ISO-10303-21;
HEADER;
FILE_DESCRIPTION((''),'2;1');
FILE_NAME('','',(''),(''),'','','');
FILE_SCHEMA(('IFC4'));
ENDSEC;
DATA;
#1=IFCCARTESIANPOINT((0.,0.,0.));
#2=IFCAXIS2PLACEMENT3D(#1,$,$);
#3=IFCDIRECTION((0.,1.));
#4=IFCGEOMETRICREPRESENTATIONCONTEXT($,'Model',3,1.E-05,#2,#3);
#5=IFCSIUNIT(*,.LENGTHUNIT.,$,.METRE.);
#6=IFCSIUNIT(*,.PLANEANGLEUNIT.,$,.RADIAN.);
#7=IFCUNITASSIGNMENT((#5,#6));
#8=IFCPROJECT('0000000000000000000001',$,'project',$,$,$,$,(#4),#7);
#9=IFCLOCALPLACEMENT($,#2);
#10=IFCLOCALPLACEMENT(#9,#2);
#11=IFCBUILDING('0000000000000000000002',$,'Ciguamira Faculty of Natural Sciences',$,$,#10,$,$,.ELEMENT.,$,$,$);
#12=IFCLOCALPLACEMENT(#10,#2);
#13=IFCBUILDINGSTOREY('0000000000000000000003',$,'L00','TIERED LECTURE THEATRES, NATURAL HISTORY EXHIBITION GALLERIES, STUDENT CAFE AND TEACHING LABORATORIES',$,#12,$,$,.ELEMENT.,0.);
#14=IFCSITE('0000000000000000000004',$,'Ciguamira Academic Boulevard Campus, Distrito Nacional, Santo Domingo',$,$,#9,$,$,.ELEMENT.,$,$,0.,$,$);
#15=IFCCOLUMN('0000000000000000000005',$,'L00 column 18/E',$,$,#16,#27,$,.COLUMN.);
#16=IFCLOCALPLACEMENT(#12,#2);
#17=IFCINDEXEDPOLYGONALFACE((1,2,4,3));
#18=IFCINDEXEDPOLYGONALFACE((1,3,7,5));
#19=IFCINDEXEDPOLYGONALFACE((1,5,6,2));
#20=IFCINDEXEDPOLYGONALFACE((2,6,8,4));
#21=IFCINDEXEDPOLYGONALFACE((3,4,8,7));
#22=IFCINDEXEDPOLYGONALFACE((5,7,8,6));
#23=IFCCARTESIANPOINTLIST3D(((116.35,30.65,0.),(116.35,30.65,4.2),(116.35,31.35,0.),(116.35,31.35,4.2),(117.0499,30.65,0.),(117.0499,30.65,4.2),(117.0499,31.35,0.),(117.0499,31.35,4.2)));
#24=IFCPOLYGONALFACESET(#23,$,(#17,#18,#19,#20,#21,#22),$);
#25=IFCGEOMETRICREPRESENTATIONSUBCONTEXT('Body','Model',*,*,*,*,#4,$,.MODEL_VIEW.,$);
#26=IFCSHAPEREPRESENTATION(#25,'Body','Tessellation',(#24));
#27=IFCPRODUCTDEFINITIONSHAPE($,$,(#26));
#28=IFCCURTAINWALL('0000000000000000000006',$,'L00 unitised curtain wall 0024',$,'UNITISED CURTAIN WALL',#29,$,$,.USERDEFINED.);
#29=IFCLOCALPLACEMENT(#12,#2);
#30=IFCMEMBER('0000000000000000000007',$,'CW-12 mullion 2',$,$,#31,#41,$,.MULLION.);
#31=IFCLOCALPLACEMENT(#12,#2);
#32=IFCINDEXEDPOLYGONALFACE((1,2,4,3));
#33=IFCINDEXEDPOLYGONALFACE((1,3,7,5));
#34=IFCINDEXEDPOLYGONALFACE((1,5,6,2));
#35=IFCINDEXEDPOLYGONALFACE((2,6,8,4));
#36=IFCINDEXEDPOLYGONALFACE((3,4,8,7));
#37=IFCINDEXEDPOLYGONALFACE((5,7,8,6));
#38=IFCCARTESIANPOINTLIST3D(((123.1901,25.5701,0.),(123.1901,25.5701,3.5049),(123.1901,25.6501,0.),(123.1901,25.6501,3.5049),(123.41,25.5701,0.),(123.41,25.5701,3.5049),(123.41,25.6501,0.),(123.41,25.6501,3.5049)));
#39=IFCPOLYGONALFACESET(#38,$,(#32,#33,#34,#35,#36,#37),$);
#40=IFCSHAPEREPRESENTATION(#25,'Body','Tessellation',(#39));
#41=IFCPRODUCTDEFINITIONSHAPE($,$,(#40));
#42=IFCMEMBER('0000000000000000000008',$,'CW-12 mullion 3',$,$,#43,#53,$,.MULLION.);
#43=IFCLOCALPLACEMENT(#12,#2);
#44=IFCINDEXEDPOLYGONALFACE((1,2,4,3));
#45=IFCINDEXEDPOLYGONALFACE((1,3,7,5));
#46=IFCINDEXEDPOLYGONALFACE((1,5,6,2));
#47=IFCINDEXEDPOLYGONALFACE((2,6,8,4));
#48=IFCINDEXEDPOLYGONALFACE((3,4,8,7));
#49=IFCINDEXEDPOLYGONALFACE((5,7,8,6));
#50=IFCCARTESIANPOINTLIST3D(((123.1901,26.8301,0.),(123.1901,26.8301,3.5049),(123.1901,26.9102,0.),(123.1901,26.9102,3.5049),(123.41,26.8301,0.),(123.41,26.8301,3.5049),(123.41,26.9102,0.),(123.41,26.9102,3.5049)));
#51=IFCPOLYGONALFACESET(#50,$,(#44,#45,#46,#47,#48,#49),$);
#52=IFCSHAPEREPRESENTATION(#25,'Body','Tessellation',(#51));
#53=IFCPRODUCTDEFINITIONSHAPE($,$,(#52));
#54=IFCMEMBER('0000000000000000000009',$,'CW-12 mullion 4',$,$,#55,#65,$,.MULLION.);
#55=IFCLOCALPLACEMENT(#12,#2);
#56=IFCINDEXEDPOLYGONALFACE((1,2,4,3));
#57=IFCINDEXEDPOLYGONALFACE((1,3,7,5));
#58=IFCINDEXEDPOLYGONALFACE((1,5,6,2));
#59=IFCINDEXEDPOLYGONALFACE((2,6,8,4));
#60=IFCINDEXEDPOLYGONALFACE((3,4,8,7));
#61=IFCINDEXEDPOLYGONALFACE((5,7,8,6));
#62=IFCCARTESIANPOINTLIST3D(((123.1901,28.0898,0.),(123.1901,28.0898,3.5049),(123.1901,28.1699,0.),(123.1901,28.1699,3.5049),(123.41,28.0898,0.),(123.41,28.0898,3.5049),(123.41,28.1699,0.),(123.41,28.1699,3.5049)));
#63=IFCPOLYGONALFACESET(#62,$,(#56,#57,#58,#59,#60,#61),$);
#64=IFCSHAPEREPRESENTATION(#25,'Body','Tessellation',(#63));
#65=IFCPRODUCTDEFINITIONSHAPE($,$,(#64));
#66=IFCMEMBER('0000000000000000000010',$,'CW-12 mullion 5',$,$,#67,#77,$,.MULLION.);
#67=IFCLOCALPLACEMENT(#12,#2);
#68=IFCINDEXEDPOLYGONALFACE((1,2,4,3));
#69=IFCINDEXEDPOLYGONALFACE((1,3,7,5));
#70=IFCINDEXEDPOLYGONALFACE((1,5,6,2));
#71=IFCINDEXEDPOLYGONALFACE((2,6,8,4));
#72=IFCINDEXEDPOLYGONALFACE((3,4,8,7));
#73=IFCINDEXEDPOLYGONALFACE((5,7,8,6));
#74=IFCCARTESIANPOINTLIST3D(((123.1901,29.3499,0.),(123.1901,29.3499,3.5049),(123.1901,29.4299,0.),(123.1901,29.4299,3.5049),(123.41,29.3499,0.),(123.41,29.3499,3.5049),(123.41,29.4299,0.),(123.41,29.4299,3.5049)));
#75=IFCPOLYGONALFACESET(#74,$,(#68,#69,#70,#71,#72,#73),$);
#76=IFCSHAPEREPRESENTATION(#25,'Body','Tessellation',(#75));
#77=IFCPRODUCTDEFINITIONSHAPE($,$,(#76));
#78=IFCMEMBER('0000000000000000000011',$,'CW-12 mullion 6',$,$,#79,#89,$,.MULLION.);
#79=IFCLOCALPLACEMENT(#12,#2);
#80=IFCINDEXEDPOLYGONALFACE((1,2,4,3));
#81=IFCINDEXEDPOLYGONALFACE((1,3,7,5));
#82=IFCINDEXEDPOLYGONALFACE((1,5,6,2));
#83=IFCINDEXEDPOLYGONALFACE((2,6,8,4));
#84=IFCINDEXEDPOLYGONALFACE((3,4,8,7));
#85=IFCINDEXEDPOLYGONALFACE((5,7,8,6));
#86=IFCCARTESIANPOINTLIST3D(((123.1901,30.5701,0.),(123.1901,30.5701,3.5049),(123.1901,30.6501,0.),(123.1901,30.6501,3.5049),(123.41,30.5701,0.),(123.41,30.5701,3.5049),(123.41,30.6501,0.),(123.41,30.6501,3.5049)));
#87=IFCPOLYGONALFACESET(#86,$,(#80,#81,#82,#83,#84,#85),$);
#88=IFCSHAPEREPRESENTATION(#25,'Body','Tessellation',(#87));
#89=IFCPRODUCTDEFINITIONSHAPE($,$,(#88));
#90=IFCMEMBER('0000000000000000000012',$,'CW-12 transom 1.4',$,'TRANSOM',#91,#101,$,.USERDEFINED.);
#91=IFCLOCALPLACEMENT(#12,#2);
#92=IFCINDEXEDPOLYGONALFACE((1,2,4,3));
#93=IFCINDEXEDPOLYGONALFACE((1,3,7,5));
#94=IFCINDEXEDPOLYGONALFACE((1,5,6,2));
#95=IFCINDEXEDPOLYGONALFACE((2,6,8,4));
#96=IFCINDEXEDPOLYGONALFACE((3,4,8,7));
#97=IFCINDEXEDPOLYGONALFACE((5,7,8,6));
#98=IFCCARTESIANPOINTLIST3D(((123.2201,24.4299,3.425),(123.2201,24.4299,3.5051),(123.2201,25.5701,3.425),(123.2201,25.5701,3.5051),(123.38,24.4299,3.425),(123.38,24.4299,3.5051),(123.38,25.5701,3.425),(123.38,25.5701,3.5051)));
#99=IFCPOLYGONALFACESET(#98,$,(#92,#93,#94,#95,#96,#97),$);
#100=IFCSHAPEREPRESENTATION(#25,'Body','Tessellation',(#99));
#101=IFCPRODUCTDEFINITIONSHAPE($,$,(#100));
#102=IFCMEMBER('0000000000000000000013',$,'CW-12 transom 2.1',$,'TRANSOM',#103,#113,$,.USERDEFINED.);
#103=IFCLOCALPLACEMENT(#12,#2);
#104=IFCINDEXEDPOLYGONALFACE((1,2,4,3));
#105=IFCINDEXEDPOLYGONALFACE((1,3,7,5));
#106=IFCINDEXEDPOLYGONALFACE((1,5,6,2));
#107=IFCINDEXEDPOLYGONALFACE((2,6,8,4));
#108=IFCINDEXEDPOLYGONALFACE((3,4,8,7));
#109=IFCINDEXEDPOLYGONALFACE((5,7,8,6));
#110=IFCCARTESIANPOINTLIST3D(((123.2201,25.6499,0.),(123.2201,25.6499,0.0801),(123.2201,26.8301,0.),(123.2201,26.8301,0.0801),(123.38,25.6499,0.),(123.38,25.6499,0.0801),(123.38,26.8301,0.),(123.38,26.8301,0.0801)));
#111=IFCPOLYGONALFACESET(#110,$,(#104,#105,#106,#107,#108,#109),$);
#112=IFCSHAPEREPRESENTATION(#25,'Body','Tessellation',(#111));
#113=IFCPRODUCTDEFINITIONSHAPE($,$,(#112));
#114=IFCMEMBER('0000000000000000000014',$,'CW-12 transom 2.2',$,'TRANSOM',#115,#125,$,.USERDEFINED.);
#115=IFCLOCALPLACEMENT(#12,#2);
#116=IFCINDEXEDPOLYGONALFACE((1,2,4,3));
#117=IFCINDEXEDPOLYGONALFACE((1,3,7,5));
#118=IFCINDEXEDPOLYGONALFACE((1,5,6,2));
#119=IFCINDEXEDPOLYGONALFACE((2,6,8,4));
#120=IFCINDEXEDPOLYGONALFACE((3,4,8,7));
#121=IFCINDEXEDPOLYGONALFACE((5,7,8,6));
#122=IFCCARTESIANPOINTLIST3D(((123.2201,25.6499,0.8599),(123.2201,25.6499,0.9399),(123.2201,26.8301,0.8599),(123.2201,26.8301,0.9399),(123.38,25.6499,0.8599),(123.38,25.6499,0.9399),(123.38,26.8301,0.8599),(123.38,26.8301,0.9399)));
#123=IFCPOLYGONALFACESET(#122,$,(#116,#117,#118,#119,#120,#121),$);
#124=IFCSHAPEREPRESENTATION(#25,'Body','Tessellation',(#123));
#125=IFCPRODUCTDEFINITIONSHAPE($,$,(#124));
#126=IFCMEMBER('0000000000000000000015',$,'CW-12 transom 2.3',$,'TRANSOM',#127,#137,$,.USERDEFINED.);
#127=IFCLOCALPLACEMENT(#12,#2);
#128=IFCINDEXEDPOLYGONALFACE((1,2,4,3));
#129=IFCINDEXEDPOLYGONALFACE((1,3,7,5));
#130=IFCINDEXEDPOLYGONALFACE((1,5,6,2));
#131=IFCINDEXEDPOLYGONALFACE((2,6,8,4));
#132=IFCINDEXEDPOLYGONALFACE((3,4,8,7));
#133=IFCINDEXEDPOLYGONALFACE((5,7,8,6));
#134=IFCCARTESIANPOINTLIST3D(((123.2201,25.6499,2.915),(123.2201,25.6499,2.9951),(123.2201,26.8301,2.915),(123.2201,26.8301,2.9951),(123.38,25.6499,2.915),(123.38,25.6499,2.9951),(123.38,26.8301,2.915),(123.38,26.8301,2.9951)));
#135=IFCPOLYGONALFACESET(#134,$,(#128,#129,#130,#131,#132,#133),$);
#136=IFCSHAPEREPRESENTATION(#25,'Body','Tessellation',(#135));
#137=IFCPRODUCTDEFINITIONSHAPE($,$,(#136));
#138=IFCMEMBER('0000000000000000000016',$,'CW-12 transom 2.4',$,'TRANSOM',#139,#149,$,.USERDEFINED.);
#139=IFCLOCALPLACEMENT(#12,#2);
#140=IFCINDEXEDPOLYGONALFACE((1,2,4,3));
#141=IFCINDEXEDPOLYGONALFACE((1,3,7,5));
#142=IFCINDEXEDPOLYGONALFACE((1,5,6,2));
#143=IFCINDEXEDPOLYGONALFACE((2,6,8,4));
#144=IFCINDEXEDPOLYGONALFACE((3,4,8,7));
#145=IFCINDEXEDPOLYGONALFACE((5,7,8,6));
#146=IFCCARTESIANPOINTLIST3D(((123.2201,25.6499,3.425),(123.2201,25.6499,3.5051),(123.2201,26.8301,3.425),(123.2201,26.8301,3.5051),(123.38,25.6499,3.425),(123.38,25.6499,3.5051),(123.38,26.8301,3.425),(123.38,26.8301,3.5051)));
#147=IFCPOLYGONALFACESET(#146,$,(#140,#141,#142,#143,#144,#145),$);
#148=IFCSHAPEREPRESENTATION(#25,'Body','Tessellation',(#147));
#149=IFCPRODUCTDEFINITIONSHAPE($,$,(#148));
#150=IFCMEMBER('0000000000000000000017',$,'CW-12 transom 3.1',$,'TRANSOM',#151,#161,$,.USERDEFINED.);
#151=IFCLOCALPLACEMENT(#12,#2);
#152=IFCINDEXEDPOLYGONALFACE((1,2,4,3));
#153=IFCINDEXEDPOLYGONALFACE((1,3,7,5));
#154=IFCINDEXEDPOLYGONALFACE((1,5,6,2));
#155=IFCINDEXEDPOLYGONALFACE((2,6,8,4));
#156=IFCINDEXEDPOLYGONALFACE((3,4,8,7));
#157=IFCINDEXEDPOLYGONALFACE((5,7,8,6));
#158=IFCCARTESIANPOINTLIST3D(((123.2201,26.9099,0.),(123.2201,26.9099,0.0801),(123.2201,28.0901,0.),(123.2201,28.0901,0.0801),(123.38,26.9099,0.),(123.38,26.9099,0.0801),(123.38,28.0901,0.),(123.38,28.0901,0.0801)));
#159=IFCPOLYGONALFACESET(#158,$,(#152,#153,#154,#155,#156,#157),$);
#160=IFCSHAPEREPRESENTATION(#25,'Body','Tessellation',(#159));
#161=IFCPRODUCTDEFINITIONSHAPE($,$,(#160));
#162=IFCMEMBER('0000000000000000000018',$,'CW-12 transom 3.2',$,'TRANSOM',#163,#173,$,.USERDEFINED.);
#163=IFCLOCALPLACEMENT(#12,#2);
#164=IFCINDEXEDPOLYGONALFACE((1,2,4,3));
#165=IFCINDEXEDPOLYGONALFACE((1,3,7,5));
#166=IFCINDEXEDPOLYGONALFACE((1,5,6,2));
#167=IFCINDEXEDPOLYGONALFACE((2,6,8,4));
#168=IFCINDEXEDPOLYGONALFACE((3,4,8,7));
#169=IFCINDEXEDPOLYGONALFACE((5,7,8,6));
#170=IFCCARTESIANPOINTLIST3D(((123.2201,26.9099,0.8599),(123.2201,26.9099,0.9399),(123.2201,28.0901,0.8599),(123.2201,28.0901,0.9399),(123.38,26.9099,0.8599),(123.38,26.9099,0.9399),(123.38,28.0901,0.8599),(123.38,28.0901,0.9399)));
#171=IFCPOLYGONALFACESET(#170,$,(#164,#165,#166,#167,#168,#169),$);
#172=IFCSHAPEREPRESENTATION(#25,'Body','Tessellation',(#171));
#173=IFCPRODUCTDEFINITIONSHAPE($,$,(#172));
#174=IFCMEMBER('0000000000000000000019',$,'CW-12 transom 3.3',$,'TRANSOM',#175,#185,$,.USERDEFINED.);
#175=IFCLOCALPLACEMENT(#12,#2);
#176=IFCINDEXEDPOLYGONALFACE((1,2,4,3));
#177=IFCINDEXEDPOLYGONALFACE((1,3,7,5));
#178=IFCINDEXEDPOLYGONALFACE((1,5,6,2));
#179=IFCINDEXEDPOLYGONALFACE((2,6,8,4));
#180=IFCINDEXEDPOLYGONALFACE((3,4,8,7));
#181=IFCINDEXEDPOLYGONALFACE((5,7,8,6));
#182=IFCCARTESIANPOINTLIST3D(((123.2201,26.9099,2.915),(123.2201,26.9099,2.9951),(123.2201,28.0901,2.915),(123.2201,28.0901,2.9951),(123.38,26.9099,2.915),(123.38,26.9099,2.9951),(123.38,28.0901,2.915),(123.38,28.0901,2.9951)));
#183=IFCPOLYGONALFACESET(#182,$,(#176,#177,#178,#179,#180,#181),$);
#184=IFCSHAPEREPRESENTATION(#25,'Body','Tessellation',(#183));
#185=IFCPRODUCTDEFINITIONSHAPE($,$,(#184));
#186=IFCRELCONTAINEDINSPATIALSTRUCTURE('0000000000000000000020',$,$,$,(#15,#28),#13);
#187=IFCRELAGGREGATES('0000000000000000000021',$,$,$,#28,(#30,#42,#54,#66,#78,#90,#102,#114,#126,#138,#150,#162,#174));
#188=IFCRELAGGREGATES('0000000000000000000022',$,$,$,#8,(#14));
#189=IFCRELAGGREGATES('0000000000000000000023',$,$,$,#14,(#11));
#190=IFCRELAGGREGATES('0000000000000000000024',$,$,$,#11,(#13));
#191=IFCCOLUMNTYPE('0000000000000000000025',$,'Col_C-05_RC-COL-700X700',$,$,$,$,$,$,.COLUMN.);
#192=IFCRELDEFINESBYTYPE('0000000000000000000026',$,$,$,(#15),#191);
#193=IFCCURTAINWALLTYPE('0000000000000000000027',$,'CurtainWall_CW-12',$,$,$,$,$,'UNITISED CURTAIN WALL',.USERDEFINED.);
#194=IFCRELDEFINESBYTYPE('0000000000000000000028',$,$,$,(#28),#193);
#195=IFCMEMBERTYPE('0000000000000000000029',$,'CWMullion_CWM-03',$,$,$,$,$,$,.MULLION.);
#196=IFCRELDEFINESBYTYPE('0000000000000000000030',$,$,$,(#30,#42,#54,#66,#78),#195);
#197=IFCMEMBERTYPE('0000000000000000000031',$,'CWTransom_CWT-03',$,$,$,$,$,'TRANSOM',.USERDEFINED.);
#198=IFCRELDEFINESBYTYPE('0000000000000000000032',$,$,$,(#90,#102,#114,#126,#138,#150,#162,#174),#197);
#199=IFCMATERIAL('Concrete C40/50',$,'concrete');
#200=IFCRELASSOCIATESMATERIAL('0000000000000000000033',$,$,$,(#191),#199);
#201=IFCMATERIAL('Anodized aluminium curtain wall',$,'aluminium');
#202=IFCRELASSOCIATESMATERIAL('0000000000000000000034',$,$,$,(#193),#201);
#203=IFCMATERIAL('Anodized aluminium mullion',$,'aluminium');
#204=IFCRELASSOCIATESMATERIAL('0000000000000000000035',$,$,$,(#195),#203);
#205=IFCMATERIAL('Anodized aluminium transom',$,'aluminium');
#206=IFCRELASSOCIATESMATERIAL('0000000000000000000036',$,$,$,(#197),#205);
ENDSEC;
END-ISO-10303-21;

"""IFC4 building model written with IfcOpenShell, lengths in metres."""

from ifc_helpers import new_model, si_unit, direction, frame, origin, origin_2d, place, context, subcontext, project, spatial, rectangle, extrude, material, material_profile, profile_set, type_object, element, aggregate, save


model = new_model("IFC4")

# Units and contexts
model_context = context("Model", 3, precision=1e-05, world=origin(), true_north=direction((0.0, 1.0)))
body_context = subcontext(model_context, "Body", "Model", "MODEL_VIEW")
ifc_project = project(units=[si_unit("LENGTHUNIT", "METRE"), si_unit("PLANEANGLEUNIT", "RADIAN")], contexts=[model_context])

# Site, building, storey
site_placement = place(None, origin())
site = spatial("IfcSite", under=ifc_project, at=site_placement, Name="Ciguamira Academic Boulevard Campus, Distrito Nacional, Santo Domingo", CompositionType="ELEMENT", RefElevation=0.0)
building_placement = place(site_placement, origin())
building = spatial("IfcBuilding", under=site, at=building_placement, Name="Ciguamira Faculty of Natural Sciences", CompositionType="ELEMENT")
storey_placement = place(building_placement, origin())
storey = spatial("IfcBuildingStorey", under=building, at=storey_placement, Name="L00", Description="TIERED LECTURE THEATRES, NATURAL HISTORY EXHIBITION GALLERIES, STUDENT CAFE AND TEACHING LABORATORIES", CompositionType="ELEMENT", Elevation=0.0)

# Column
ifc_material_1 = material(Name="Concrete C40/50", Category="concrete")
ifc_material_profile_1 = material_profile(ifc_material_1, rectangle(XDim=0.7, YDim=0.7, at=origin_2d()), Name="RC-COL-700X700")
ifc_profile_set_1 = profile_set([ifc_material_profile_1], Name="Concrete C40/50")
column_type = type_object("IfcColumnType", Name="Col_C-05_RC-COL-700X700", PredefinedType="COLUMN", material=ifc_profile_set_1)
column_placement = place(storey_placement, frame((116.7, 31.0, 0.0), z_axis=(0.0, 0.0, 1.0), x_axis=(1.0, 0.0, 0.0)))
element("IfcColumn", 1, at=column_placement, inside=storey, type_object=column_type, Name="L00 column 18/E", PredefinedType="COLUMN", context=body_context, shape_type="SweptSolid", body=[
    extrude(rectangle(XDim=0.7, YDim=0.7, at=origin_2d()), origin(), (0.0, 0.0, 1.0), 4.2),
])

# Curtain wall, members
ifc_material_2 = material(Name="Anodized aluminium curtain wall", Category="aluminium")
curtain_wall_type = type_object("IfcCurtainWallType", Name="CurtainWall_CW-12", ElementType="UNITISED CURTAIN WALL", PredefinedType="USERDEFINED", material=ifc_material_2)
curtain_wall_placement = place(storey_placement, origin())
curtain_wall = element("IfcCurtainWall", 2, at=curtain_wall_placement, inside=storey, type_object=curtain_wall_type, Name="L00 unitised curtain wall 0024", ObjectType="UNITISED CURTAIN WALL", PredefinedType="USERDEFINED")
ifc_material_3 = material(Name="Anodized aluminium mullion", Category="aluminium")
ifc_material_profile_2 = material_profile(ifc_material_3, rectangle(XDim=0.0801, YDim=0.22, at=origin_2d()), Name="ALU-MUL-80X220")
ifc_profile_set_2 = profile_set([ifc_material_profile_2], Name="Anodized aluminium mullion")
member_type_1 = type_object("IfcMemberType", Name="CWMullion_CWM-03", PredefinedType="MULLION", material=ifc_profile_set_2)
member_1_placement = place(storey_placement, frame((123.3, 25.6101, 0.0), z_axis=(0.0, 0.0, 1.0), x_axis=(0.0, 1.0, 0.0)))
member_1 = element("IfcMember", 3, at=member_1_placement, type_object=member_type_1, Name="CW-12 mullion 2", PredefinedType="MULLION", context=body_context, shape_type="SweptSolid", body=[
    extrude(rectangle(XDim=0.0801, YDim=0.22, at=origin_2d()), origin(), (0.0, 0.0, 1.0), 3.5049),
])
member_2_placement = place(storey_placement, frame((123.3, 26.8701, 0.0), z_axis=(0.0, 0.0, 1.0), x_axis=(0.0, 1.0, 0.0)))
member_2 = element("IfcMember", 4, at=member_2_placement, type_object=member_type_1, Name="CW-12 mullion 3", PredefinedType="MULLION", context=body_context, shape_type="SweptSolid", body=[
    extrude(rectangle(XDim=0.0801, YDim=0.22, at=origin_2d()), origin(), (0.0, 0.0, 1.0), 3.5049),
])
member_3_placement = place(storey_placement, frame((123.3, 28.1299, 0.0), z_axis=(0.0, 0.0, 1.0), x_axis=(0.0, 1.0, 0.0)))
member_3 = element("IfcMember", 5, at=member_3_placement, type_object=member_type_1, Name="CW-12 mullion 4", PredefinedType="MULLION", context=body_context, shape_type="SweptSolid", body=[
    extrude(rectangle(XDim=0.0801, YDim=0.22, at=origin_2d()), origin(), (0.0, 0.0, 1.0), 3.5049),
])
member_4_placement = place(storey_placement, frame((123.3, 29.3899, 0.0), z_axis=(0.0, 0.0, 1.0), x_axis=(0.0, 1.0, 0.0)))
member_4 = element("IfcMember", 6, at=member_4_placement, type_object=member_type_1, Name="CW-12 mullion 5", PredefinedType="MULLION", context=body_context, shape_type="SweptSolid", body=[
    extrude(rectangle(XDim=0.0801, YDim=0.22, at=origin_2d()), origin(), (0.0, 0.0, 1.0), 3.5049),
])
member_5_placement = place(storey_placement, frame((123.3, 30.6101, 0.0), z_axis=(0.0, 0.0, 1.0), x_axis=(0.0, 1.0, 0.0)))
member_5 = element("IfcMember", 7, at=member_5_placement, type_object=member_type_1, Name="CW-12 mullion 6", PredefinedType="MULLION", context=body_context, shape_type="SweptSolid", body=[
    extrude(rectangle(XDim=0.0801, YDim=0.22, at=origin_2d()), origin(), (0.0, 0.0, 1.0), 3.5049),
])
ifc_material_4 = material(Name="Anodized aluminium transom", Category="aluminium")
ifc_material_profile_3 = material_profile(ifc_material_4, rectangle(XDim=0.0801, YDim=0.1599, at=origin_2d()), Name="ALU-TRN-80X160")
ifc_profile_set_3 = profile_set([ifc_material_profile_3], Name="Anodized aluminium transom")
member_type_2 = type_object("IfcMemberType", Name="CWTransom_CWT-03", ElementType="TRANSOM", PredefinedType="USERDEFINED", material=ifc_profile_set_3)
member_6_placement = place(storey_placement, frame((123.3, 24.4299, 3.4651), z_axis=(0.0, 1.0, 0.0), x_axis=(0.0, 0.0, 1.0)))
member_6 = element("IfcMember", 8, at=member_6_placement, type_object=member_type_2, Name="CW-12 transom 1.4", ObjectType="TRANSOM", PredefinedType="USERDEFINED", context=body_context, shape_type="SweptSolid", body=[
    extrude(rectangle(XDim=0.0801, YDim=0.1599, at=origin_2d()), origin(), (0.0, 0.0, 1.0), 1.1401),
])
member_7_placement = place(storey_placement, frame((123.3, 25.6499, 0.04), z_axis=(0.0, 1.0, 0.0), x_axis=(0.0, 0.0, 1.0)))
member_7 = element("IfcMember", 9, at=member_7_placement, type_object=member_type_2, Name="CW-12 transom 2.1", ObjectType="TRANSOM", PredefinedType="USERDEFINED", context=body_context, shape_type="SweptSolid", body=[
    extrude(rectangle(XDim=0.0801, YDim=0.1599, at=origin_2d()), origin(), (0.0, 0.0, 1.0), 1.1802),
])
member_8_placement = place(storey_placement, frame((123.3, 25.6499, 0.8999), z_axis=(0.0, 1.0, 0.0), x_axis=(0.0, 0.0, 1.0)))
member_8 = element("IfcMember", 10, at=member_8_placement, type_object=member_type_2, Name="CW-12 transom 2.2", ObjectType="TRANSOM", PredefinedType="USERDEFINED", context=body_context, shape_type="SweptSolid", body=[
    extrude(rectangle(XDim=0.0801, YDim=0.1599, at=origin_2d()), origin(), (0.0, 0.0, 1.0), 1.1802),
])
member_9_placement = place(storey_placement, frame((123.3, 25.6499, 2.9551), z_axis=(0.0, 1.0, 0.0), x_axis=(0.0, 0.0, 1.0)))
member_9 = element("IfcMember", 11, at=member_9_placement, type_object=member_type_2, Name="CW-12 transom 2.3", ObjectType="TRANSOM", PredefinedType="USERDEFINED", context=body_context, shape_type="SweptSolid", body=[
    extrude(rectangle(XDim=0.0801, YDim=0.1599, at=origin_2d()), origin(), (0.0, 0.0, 1.0), 1.1802),
])
member_10_placement = place(storey_placement, frame((123.3, 25.6499, 3.4651), z_axis=(0.0, 1.0, 0.0), x_axis=(0.0, 0.0, 1.0)))
member_10 = element("IfcMember", 12, at=member_10_placement, type_object=member_type_2, Name="CW-12 transom 2.4", ObjectType="TRANSOM", PredefinedType="USERDEFINED", context=body_context, shape_type="SweptSolid", body=[
    extrude(rectangle(XDim=0.0801, YDim=0.1599, at=origin_2d()), origin(), (0.0, 0.0, 1.0), 1.1802),
])
member_11_placement = place(storey_placement, frame((123.3, 26.9099, 0.04), z_axis=(0.0, 1.0, 0.0), x_axis=(0.0, 0.0, 1.0)))
member_11 = element("IfcMember", 13, at=member_11_placement, type_object=member_type_2, Name="CW-12 transom 3.1", ObjectType="TRANSOM", PredefinedType="USERDEFINED", context=body_context, shape_type="SweptSolid", body=[
    extrude(rectangle(XDim=0.0801, YDim=0.1599, at=origin_2d()), origin(), (0.0, 0.0, 1.0), 1.1802),
])
member_12_placement = place(storey_placement, frame((123.3, 26.9099, 0.8999), z_axis=(0.0, 1.0, 0.0), x_axis=(0.0, 0.0, 1.0)))
member_12 = element("IfcMember", 14, at=member_12_placement, type_object=member_type_2, Name="CW-12 transom 3.2", ObjectType="TRANSOM", PredefinedType="USERDEFINED", context=body_context, shape_type="SweptSolid", body=[
    extrude(rectangle(XDim=0.0801, YDim=0.1599, at=origin_2d()), origin(), (0.0, 0.0, 1.0), 1.1802),
])
member_13_placement = place(storey_placement, frame((123.3, 26.9099, 2.9551), z_axis=(0.0, 1.0, 0.0), x_axis=(0.0, 0.0, 1.0)))
member_13 = element("IfcMember", 15, at=member_13_placement, type_object=member_type_2, Name="CW-12 transom 3.3", ObjectType="TRANSOM", PredefinedType="USERDEFINED", context=body_context, shape_type="SweptSolid", body=[
    extrude(rectangle(XDim=0.0801, YDim=0.1599, at=origin_2d()), origin(), (0.0, 0.0, 1.0), 1.1802),
])

aggregate(curtain_wall, [member_1, member_2, member_3, member_4, member_5, member_6, member_7, member_8, member_9, member_10, member_11, member_12, member_13])

save(model, "model.ifc")
